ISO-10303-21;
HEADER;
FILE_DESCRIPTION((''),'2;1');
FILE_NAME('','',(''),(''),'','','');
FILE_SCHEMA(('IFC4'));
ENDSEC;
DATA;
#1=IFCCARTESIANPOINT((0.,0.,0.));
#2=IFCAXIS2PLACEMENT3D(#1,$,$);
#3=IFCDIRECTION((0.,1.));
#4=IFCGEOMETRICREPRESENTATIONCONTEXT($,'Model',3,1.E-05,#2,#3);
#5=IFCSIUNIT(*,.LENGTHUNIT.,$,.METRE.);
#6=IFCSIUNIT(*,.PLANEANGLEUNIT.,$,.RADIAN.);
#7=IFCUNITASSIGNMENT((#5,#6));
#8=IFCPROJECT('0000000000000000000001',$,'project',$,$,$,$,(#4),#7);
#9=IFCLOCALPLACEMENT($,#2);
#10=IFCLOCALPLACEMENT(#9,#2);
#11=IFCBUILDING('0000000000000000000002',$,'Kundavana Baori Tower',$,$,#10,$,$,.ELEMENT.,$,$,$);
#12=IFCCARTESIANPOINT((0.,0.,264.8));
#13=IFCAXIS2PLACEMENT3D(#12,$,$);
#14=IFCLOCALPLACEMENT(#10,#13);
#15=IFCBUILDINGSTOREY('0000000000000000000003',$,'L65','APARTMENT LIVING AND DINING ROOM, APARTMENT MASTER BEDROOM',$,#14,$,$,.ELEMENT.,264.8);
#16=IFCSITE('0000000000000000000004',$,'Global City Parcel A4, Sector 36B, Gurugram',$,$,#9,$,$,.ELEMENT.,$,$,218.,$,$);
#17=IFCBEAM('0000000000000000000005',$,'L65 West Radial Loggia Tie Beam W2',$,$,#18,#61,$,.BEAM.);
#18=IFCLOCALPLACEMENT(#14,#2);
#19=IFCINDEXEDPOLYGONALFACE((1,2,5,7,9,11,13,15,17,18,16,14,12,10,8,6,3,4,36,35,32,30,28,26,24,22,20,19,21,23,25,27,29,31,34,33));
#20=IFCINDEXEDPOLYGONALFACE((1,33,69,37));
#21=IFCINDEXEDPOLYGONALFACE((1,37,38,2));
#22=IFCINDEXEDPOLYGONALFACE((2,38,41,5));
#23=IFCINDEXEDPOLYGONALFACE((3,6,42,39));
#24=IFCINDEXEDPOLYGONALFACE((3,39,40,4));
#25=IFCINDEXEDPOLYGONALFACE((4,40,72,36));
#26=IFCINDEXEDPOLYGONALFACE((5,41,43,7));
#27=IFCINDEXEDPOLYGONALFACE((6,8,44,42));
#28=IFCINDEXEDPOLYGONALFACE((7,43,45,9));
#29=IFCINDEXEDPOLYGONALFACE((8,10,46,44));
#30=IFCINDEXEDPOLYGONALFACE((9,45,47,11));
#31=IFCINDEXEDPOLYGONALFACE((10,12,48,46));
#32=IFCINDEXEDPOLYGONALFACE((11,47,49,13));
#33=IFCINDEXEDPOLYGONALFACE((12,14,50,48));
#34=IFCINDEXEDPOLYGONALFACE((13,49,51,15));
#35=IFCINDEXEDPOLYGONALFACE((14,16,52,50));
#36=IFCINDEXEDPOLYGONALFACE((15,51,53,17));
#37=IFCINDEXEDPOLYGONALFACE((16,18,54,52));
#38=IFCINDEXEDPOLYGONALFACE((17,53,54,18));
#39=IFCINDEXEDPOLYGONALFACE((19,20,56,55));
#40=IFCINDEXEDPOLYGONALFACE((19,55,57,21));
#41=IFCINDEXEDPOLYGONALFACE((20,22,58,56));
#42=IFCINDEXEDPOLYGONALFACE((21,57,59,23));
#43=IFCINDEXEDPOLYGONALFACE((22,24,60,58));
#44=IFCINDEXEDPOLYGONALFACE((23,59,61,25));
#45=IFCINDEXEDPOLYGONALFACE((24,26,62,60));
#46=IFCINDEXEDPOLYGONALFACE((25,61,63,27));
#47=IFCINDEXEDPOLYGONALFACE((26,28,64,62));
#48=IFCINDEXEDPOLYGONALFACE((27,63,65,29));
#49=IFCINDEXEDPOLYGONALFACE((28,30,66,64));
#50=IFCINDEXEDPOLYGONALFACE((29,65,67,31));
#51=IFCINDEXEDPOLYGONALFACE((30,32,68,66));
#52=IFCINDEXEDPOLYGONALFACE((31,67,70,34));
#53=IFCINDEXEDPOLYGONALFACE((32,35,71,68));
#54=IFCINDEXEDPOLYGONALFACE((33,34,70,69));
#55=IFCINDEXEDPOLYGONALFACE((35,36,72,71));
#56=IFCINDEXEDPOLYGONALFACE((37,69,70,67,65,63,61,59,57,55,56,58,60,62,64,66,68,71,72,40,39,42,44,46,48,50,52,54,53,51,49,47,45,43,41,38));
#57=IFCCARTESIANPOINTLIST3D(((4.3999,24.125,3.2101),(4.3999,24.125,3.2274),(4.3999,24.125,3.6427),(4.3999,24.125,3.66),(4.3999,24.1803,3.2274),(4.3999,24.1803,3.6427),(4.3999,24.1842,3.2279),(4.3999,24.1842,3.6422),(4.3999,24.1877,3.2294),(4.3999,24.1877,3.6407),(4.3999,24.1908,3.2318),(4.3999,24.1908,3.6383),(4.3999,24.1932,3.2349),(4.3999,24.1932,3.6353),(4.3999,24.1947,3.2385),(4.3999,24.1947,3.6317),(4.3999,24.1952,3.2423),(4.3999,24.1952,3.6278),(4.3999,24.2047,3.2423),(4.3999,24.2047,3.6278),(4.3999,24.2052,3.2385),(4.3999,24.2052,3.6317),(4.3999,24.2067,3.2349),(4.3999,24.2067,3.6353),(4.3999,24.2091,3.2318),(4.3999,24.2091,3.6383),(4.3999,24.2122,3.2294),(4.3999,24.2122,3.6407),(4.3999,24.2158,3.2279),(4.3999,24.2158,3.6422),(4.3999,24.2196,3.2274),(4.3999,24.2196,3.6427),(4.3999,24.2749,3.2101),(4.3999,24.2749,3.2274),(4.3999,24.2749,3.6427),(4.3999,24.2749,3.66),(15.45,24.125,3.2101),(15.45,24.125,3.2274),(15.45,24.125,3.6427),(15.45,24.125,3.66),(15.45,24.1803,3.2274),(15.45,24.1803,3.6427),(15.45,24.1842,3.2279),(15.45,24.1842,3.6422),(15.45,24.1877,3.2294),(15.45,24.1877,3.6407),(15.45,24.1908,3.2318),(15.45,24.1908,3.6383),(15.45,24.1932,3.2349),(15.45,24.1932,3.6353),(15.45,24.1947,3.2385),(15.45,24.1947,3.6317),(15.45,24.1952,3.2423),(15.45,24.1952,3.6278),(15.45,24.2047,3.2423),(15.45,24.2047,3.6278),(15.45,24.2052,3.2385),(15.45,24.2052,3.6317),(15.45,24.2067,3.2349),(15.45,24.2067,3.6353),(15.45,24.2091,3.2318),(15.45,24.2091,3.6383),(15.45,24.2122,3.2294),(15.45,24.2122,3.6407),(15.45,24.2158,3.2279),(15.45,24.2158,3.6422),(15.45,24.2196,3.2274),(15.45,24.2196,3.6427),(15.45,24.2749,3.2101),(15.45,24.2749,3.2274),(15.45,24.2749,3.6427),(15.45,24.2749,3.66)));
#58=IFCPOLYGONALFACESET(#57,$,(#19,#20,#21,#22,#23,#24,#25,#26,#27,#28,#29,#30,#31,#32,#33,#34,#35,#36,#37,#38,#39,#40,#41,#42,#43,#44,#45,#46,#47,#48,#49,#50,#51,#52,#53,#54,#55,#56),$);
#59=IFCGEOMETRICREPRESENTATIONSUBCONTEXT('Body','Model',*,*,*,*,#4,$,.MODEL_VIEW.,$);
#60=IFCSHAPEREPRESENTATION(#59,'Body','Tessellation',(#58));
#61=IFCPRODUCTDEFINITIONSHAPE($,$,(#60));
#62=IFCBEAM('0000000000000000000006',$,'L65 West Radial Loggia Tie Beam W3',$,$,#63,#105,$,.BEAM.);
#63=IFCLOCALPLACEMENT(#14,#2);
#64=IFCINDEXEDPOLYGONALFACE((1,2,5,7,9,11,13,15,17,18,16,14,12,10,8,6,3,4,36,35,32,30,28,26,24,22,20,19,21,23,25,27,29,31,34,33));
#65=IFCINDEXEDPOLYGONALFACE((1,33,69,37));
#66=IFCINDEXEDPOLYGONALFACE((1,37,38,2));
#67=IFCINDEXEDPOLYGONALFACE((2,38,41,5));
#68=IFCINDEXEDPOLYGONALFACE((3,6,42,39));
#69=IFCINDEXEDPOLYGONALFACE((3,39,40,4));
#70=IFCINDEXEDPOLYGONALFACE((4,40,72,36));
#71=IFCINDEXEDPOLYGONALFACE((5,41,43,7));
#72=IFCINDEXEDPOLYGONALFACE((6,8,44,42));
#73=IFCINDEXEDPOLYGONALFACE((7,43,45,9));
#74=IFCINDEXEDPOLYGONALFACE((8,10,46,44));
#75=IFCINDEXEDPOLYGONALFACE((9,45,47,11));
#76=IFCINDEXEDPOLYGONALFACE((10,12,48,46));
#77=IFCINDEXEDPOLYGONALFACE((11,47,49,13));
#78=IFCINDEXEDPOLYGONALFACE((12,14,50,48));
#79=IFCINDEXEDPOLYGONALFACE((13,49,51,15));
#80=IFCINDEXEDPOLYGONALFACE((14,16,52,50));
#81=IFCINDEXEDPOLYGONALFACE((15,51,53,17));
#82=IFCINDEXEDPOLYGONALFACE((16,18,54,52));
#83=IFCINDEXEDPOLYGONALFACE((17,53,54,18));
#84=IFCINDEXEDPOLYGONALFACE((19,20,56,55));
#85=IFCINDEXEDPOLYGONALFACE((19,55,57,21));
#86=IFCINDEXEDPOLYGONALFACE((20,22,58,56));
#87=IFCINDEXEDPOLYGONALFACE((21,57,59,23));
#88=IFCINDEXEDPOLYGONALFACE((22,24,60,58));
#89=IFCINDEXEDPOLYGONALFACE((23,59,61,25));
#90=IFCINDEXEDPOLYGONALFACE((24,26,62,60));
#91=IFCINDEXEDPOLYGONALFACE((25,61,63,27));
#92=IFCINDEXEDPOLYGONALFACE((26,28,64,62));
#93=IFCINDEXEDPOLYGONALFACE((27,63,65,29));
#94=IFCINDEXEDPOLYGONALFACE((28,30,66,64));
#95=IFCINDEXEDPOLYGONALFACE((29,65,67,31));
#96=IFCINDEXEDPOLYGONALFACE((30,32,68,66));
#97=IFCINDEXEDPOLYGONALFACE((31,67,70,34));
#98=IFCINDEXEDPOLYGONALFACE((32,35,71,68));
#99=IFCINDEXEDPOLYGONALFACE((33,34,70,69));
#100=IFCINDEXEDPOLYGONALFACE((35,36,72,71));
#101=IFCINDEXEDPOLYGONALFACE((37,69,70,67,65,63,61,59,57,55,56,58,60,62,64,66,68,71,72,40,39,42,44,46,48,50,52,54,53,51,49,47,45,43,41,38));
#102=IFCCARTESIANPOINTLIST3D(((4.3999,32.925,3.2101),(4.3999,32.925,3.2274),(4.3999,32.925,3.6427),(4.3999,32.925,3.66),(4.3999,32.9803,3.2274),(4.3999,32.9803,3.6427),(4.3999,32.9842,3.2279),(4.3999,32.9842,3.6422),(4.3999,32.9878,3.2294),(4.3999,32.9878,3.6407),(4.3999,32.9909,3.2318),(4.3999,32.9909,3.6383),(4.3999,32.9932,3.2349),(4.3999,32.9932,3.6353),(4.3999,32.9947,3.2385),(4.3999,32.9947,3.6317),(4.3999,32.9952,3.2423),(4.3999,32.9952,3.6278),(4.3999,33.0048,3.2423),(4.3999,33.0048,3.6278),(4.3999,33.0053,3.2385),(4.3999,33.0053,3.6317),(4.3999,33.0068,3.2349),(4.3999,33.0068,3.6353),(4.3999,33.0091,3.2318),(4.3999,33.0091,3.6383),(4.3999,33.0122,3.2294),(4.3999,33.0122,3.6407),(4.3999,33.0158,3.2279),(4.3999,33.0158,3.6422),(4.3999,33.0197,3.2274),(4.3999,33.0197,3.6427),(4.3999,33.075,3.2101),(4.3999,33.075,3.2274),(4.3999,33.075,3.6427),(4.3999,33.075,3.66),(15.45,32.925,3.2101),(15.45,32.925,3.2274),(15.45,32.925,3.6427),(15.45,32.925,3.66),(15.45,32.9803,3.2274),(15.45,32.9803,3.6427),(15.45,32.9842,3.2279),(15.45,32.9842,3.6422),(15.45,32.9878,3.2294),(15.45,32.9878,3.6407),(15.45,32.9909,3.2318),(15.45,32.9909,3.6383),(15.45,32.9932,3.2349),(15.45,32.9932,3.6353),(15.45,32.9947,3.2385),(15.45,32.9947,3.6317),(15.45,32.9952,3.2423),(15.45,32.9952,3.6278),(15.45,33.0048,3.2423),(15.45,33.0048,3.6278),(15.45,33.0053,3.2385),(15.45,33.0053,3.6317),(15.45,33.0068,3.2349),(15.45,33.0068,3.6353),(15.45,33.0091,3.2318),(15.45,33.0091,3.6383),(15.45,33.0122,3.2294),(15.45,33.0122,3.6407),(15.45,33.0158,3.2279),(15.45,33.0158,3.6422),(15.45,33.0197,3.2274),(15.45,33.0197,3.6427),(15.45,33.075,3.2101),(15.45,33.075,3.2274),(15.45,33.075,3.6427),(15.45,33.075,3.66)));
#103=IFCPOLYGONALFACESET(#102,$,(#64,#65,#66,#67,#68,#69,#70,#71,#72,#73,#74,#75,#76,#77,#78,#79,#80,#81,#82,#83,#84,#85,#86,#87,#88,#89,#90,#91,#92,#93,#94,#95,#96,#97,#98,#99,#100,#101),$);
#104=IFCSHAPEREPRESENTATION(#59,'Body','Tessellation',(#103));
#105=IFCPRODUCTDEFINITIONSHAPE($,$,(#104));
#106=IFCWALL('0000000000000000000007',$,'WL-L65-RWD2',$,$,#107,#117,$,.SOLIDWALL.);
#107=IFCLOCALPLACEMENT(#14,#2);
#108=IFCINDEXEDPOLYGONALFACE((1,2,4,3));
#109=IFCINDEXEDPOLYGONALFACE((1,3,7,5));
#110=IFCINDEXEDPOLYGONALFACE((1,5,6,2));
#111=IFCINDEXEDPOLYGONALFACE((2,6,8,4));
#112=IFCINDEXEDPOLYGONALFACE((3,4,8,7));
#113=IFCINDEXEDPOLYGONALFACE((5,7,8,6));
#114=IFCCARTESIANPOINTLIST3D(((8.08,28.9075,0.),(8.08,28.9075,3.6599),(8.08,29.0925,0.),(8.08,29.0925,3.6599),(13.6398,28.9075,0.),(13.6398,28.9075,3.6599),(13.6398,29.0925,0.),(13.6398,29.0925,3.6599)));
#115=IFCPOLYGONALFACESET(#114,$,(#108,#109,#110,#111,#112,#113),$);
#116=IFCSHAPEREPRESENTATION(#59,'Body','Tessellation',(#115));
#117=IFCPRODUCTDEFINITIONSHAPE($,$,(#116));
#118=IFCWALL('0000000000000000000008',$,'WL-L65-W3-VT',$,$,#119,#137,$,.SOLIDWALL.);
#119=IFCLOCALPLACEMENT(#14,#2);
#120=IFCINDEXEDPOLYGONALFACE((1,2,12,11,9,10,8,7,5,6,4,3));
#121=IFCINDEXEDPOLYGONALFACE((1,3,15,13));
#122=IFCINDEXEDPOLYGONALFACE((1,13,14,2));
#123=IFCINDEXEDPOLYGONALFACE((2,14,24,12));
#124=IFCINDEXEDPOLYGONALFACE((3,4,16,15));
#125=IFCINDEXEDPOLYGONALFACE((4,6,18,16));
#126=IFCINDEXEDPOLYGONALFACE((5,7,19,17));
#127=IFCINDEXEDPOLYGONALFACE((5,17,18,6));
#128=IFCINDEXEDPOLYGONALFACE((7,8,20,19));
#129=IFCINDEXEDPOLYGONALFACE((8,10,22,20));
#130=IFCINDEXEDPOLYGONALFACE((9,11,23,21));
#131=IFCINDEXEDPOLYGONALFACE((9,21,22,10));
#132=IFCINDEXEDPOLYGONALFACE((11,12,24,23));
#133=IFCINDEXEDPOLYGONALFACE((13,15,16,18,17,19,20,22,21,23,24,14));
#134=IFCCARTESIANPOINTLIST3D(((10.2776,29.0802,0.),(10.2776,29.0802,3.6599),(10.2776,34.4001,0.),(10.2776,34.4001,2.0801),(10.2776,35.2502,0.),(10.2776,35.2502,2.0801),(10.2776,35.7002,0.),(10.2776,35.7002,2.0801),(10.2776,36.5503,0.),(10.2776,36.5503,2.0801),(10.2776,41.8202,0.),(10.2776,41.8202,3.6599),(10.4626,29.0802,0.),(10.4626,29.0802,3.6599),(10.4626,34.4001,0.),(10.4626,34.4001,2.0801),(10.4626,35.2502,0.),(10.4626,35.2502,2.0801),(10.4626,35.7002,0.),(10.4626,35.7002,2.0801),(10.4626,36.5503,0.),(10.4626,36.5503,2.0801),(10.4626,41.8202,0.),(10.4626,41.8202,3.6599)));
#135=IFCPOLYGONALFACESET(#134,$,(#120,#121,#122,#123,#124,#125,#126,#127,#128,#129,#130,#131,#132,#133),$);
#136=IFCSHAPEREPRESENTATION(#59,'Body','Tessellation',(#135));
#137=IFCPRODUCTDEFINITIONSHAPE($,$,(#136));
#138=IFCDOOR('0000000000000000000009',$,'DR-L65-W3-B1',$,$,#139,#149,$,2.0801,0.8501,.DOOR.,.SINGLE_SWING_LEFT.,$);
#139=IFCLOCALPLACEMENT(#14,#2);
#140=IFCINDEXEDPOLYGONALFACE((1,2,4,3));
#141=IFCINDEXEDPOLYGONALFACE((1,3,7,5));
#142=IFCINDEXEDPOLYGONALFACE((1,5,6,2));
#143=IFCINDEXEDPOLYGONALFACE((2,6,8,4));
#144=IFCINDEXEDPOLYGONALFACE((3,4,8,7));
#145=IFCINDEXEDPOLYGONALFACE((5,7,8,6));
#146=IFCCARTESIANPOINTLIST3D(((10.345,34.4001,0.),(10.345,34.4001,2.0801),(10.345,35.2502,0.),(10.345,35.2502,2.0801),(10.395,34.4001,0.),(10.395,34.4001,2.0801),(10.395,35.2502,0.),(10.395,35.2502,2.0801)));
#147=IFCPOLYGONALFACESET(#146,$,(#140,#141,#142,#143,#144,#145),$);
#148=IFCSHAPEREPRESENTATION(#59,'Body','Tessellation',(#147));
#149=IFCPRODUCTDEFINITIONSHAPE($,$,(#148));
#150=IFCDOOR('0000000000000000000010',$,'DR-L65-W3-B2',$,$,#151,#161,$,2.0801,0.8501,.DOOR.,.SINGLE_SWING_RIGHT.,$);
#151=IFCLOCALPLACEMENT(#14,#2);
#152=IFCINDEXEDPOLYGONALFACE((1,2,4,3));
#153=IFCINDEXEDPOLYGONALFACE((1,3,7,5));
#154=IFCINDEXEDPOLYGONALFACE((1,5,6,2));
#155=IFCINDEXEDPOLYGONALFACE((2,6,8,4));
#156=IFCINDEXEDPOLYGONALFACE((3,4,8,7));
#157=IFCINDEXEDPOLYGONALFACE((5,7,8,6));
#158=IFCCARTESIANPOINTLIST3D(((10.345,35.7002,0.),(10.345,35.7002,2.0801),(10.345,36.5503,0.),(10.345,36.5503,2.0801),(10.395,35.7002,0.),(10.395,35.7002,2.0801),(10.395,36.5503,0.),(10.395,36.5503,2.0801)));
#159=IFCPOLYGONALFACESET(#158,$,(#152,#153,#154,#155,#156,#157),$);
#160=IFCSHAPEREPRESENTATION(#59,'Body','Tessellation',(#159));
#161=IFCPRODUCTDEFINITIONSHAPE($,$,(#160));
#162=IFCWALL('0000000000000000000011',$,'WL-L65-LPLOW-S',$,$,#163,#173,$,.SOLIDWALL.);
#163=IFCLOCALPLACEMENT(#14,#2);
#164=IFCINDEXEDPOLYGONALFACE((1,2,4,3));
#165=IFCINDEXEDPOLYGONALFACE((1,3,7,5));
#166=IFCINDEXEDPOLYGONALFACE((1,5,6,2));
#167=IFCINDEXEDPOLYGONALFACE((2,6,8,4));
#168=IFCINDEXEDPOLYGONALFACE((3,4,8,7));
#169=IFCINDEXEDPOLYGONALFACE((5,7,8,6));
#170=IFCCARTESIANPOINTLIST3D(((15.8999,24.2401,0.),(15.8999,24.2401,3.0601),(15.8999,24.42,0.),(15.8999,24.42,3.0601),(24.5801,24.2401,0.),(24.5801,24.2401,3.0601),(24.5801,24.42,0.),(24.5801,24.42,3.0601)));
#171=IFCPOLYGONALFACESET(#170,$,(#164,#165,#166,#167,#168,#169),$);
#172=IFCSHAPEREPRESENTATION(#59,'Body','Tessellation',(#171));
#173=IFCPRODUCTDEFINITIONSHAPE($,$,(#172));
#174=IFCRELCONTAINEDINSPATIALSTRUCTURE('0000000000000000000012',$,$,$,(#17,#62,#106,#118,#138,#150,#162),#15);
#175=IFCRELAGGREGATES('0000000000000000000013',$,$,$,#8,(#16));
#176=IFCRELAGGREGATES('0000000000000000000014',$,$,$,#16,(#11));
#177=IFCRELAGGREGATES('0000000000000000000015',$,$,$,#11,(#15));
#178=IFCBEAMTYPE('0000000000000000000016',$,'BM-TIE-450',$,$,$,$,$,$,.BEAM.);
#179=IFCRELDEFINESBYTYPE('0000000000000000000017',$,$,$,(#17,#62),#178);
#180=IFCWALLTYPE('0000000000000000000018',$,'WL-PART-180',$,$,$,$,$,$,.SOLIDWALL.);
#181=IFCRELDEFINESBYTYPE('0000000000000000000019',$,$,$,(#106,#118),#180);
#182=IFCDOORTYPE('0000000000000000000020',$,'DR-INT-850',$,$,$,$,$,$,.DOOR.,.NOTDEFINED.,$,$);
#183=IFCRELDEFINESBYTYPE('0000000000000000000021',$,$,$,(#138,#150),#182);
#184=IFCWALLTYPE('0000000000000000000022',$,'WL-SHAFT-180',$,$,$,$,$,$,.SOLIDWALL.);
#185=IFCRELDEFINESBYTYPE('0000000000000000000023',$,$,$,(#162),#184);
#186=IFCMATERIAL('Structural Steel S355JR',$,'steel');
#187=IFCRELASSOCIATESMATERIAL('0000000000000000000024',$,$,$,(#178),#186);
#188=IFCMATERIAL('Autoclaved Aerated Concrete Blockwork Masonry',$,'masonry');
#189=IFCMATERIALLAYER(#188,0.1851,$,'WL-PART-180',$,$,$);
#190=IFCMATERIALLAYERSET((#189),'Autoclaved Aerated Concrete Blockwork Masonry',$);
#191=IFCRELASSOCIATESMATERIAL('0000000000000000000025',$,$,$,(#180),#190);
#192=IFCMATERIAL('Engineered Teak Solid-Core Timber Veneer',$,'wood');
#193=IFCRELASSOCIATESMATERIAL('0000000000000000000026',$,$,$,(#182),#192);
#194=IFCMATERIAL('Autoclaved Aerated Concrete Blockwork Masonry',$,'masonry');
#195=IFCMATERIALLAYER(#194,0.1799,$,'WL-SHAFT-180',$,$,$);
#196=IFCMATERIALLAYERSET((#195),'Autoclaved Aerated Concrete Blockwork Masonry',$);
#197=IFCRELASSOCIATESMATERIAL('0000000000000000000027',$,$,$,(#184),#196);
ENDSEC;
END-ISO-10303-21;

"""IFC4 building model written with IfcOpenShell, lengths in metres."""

from ifc_helpers import new_model, si_unit, direction, frame, frame_2d, origin, origin_2d, place, context, subcontext, project, spatial, rectangle, i_section, extrude, material, layer, layer_set, material_profile, profile_set, type_object, element, fill, save


model = new_model("IFC4")

# Units and contexts
model_context = context("Model", 3, precision=1e-05, world=origin(), true_north=direction((0.0, 1.0)))
body_context = subcontext(model_context, "Body", "Model", "MODEL_VIEW")
ifc_project = project(units=[si_unit("LENGTHUNIT", "METRE"), si_unit("PLANEANGLEUNIT", "RADIAN")], contexts=[model_context])

# Site, building, storey
site_placement = place(None, origin())
site = spatial("IfcSite", under=ifc_project, at=site_placement, Name="Global City Parcel A4, Sector 36B, Gurugram", CompositionType="ELEMENT", RefElevation=218.0)
building_placement = place(site_placement, origin())
building = spatial("IfcBuilding", under=site, at=building_placement, Name="Kundavana Baori Tower", CompositionType="ELEMENT")
storey_placement = place(building_placement, frame((0.0, 0.0, 264.8)))
storey = spatial("IfcBuildingStorey", under=building, at=storey_placement, Name="L65", Description="APARTMENT LIVING AND DINING ROOM, APARTMENT MASTER BEDROOM", CompositionType="ELEMENT", Elevation=264.8)

# Beams
ifc_material_1 = material(Name="Structural Steel S355JR", Category="steel")
ifc_material_profile_1 = material_profile(ifc_material_1, i_section(OverallWidth=0.1499, OverallDepth=0.45, WebThickness=0.0095, FlangeThickness=0.0173, FilletRadius=0.0149, at=origin_2d()), Name="ISMB 450")
ifc_profile_set_1 = profile_set([ifc_material_profile_1], Name="Structural Steel S355JR")
beam_type_1 = type_object("IfcBeamType", Name="BM-TIE-450", PredefinedType="BEAM", material=ifc_profile_set_1)
for number, where, z_axis, x_axis, name in (
    (1, (15.45, 24.2, 3.4351), (-1.0, 0.0, 0.0), (0.0, -1.0, 0.0), "L65 West Radial Loggia Tie Beam W2"),
    (2, (15.45, 33.0, 3.4351), (-1.0, 0.0, 0.0), (0.0, -1.0, 0.0), "L65 West Radial Loggia Tie Beam W3"),
):
    element("IfcBeam", number, at=place(storey_placement, frame(where, z_axis=z_axis, x_axis=x_axis)), inside=storey, type_object=beam_type_1, Name=name, PredefinedType="BEAM", context=body_context, shape_type="SweptSolid", body=[
        extrude(i_section(OverallWidth=0.1499, OverallDepth=0.45, WebThickness=0.0095, FlangeThickness=0.0173, FilletRadius=0.0149, at=origin_2d()), origin(), (0.0, 0.0, 1.0), 11.05),
    ])

# Wall
ifc_material_2 = material(Name="Autoclaved Aerated Concrete Blockwork Masonry", Category="masonry")
ifc_layer_1 = layer(ifc_material_2, 0.1851, Name="WL-PART-180")
ifc_layer_set_1 = layer_set([ifc_layer_1], Name="Autoclaved Aerated Concrete Blockwork Masonry")
wall_type_1 = type_object("IfcWallType", Name="WL-PART-180", PredefinedType="SOLIDWALL", material=ifc_layer_set_1)
wall_1_placement = place(storey_placement, frame((8.0801, 29.0, 0.0), z_axis=(0.0, 0.0, 1.0), x_axis=(1.0, 0.0, 0.0)))
element("IfcWall", 3, at=wall_1_placement, inside=storey, type_object=wall_type_1, Name="WL-L65-RWD2", PredefinedType="SOLIDWALL", context=body_context, shape_type="SweptSolid", body=[
    extrude(rectangle(XDim=5.5598, YDim=0.1851, at=frame_2d((2.7798, 0.0))), origin(), (0.0, 0.0, 1.0), 3.6599),
])

# Wall, openings, doors
wall_2_placement = place(storey_placement, frame((10.3701, 29.0801, 0.0), z_axis=(0.0, 0.0, 1.0), x_axis=(0.0, 1.0, 0.0)))
wall_2 = element("IfcWall", 4, at=wall_2_placement, inside=storey, type_object=wall_type_1, Name="WL-L65-W3-VT", PredefinedType="SOLIDWALL", context=body_context, shape_type="SweptSolid", body=[
    extrude(rectangle(XDim=12.74, YDim=0.1851, at=frame_2d((6.3701, 0.0))), origin(), (0.0, 0.0, 1.0), 3.6599),
])
opening_1_placement = place(wall_2_placement, frame((5.3201, 0.0, 0.0)))
opening_1 = element("IfcOpeningElement", 5, at=opening_1_placement, cuts=wall_2, PredefinedType="OPENING", context=body_context, shape_type="SweptSolid", body=[
    extrude(rectangle(XDim=0.8501, YDim=2.0801, at=frame_2d((0.425, 1.04))), frame((0.0, 0.1025, 0.0), z_axis=(0.0, -1.0, 0.0), x_axis=(1.0, 0.0, 0.0)), (0.0, 0.0, 1.0), 0.2051),
])
opening_2_placement = place(wall_2_placement, frame((6.6201, 0.0, 0.0)))
opening_2 = element("IfcOpeningElement", 6, at=opening_2_placement, cuts=wall_2, PredefinedType="OPENING", context=body_context, shape_type="SweptSolid", body=[
    extrude(rectangle(XDim=0.8501, YDim=2.0801, at=frame_2d((0.425, 1.04))), frame((0.0, 0.1025, 0.0), z_axis=(0.0, -1.0, 0.0), x_axis=(1.0, 0.0, 0.0)), (0.0, 0.0, 1.0), 0.2051),
])
ifc_material_3 = material(Name="Engineered Teak Solid-Core Timber Veneer", Category="wood")
door_type_1 = type_object("IfcDoorType", Name="DR-INT-850", OperationType="NOTDEFINED", PredefinedType="DOOR", material=ifc_material_3)
door_1_placement = place(opening_1_placement, frame((0.8501, 0.0, 0.0), z_axis=(0.0, 0.0, 1.0), x_axis=(-1.0, 0.0, 0.0)))
door_1 = element("IfcDoor", 7, at=door_1_placement, inside=storey, type_object=door_type_1, Name="DR-L65-W3-B1", OperationType="SINGLE_SWING_LEFT", OverallHeight=2.0801, OverallWidth=0.8501, PredefinedType="DOOR", context=body_context, shape_type="SweptSolid", body=[
    extrude(rectangle(XDim=0.8501, YDim=2.0801, at=frame_2d((0.425, 1.04))), frame((0.0, 0.0249, 0.0), z_axis=(0.0, -1.0, 0.0), x_axis=(1.0, 0.0, 0.0)), (0.0, 0.0, 1.0), 0.05),
])
fill(opening_1, door_1)
door_2_placement = place(opening_2_placement, frame((0.8501, 0.0, 0.0), z_axis=(0.0, 0.0, 1.0), x_axis=(-1.0, 0.0, 0.0)))
door_2 = element("IfcDoor", 8, at=door_2_placement, inside=storey, type_object=door_type_1, Name="DR-L65-W3-B2", OperationType="SINGLE_SWING_RIGHT", OverallHeight=2.0801, OverallWidth=0.8501, PredefinedType="DOOR", context=body_context, shape_type="SweptSolid", body=[
    extrude(rectangle(XDim=0.8501, YDim=2.0801, at=frame_2d((0.425, 1.04))), frame((0.0, 0.0249, 0.0), z_axis=(0.0, -1.0, 0.0), x_axis=(1.0, 0.0, 0.0)), (0.0, 0.0, 1.0), 0.05),
])
fill(opening_2, door_2)

# Wall
ifc_material_4 = material(Name="Autoclaved Aerated Concrete Blockwork Masonry", Category="masonry")
ifc_layer_2 = layer(ifc_material_4, 0.1799, Name="WL-SHAFT-180")
ifc_layer_set_2 = layer_set([ifc_layer_2], Name="Autoclaved Aerated Concrete Blockwork Masonry")
wall_type_2 = type_object("IfcWallType", Name="WL-SHAFT-180", PredefinedType="SOLIDWALL", material=ifc_layer_set_2)
wall_3_placement = place(storey_placement, frame((15.8999, 24.3301, 0.0), z_axis=(0.0, 0.0, 1.0), x_axis=(1.0, 0.0, 0.0)))
element("IfcWall", 9, at=wall_3_placement, inside=storey, type_object=wall_type_2, Name="WL-L65-LPLOW-S", PredefinedType="SOLIDWALL", context=body_context, shape_type="SweptSolid", body=[
    extrude(rectangle(XDim=8.6802, YDim=0.1799, at=frame_2d((4.3401, 0.0))), origin(), (0.0, 0.0, 1.0), 3.0601),
])

save(model, "model.ifc")
